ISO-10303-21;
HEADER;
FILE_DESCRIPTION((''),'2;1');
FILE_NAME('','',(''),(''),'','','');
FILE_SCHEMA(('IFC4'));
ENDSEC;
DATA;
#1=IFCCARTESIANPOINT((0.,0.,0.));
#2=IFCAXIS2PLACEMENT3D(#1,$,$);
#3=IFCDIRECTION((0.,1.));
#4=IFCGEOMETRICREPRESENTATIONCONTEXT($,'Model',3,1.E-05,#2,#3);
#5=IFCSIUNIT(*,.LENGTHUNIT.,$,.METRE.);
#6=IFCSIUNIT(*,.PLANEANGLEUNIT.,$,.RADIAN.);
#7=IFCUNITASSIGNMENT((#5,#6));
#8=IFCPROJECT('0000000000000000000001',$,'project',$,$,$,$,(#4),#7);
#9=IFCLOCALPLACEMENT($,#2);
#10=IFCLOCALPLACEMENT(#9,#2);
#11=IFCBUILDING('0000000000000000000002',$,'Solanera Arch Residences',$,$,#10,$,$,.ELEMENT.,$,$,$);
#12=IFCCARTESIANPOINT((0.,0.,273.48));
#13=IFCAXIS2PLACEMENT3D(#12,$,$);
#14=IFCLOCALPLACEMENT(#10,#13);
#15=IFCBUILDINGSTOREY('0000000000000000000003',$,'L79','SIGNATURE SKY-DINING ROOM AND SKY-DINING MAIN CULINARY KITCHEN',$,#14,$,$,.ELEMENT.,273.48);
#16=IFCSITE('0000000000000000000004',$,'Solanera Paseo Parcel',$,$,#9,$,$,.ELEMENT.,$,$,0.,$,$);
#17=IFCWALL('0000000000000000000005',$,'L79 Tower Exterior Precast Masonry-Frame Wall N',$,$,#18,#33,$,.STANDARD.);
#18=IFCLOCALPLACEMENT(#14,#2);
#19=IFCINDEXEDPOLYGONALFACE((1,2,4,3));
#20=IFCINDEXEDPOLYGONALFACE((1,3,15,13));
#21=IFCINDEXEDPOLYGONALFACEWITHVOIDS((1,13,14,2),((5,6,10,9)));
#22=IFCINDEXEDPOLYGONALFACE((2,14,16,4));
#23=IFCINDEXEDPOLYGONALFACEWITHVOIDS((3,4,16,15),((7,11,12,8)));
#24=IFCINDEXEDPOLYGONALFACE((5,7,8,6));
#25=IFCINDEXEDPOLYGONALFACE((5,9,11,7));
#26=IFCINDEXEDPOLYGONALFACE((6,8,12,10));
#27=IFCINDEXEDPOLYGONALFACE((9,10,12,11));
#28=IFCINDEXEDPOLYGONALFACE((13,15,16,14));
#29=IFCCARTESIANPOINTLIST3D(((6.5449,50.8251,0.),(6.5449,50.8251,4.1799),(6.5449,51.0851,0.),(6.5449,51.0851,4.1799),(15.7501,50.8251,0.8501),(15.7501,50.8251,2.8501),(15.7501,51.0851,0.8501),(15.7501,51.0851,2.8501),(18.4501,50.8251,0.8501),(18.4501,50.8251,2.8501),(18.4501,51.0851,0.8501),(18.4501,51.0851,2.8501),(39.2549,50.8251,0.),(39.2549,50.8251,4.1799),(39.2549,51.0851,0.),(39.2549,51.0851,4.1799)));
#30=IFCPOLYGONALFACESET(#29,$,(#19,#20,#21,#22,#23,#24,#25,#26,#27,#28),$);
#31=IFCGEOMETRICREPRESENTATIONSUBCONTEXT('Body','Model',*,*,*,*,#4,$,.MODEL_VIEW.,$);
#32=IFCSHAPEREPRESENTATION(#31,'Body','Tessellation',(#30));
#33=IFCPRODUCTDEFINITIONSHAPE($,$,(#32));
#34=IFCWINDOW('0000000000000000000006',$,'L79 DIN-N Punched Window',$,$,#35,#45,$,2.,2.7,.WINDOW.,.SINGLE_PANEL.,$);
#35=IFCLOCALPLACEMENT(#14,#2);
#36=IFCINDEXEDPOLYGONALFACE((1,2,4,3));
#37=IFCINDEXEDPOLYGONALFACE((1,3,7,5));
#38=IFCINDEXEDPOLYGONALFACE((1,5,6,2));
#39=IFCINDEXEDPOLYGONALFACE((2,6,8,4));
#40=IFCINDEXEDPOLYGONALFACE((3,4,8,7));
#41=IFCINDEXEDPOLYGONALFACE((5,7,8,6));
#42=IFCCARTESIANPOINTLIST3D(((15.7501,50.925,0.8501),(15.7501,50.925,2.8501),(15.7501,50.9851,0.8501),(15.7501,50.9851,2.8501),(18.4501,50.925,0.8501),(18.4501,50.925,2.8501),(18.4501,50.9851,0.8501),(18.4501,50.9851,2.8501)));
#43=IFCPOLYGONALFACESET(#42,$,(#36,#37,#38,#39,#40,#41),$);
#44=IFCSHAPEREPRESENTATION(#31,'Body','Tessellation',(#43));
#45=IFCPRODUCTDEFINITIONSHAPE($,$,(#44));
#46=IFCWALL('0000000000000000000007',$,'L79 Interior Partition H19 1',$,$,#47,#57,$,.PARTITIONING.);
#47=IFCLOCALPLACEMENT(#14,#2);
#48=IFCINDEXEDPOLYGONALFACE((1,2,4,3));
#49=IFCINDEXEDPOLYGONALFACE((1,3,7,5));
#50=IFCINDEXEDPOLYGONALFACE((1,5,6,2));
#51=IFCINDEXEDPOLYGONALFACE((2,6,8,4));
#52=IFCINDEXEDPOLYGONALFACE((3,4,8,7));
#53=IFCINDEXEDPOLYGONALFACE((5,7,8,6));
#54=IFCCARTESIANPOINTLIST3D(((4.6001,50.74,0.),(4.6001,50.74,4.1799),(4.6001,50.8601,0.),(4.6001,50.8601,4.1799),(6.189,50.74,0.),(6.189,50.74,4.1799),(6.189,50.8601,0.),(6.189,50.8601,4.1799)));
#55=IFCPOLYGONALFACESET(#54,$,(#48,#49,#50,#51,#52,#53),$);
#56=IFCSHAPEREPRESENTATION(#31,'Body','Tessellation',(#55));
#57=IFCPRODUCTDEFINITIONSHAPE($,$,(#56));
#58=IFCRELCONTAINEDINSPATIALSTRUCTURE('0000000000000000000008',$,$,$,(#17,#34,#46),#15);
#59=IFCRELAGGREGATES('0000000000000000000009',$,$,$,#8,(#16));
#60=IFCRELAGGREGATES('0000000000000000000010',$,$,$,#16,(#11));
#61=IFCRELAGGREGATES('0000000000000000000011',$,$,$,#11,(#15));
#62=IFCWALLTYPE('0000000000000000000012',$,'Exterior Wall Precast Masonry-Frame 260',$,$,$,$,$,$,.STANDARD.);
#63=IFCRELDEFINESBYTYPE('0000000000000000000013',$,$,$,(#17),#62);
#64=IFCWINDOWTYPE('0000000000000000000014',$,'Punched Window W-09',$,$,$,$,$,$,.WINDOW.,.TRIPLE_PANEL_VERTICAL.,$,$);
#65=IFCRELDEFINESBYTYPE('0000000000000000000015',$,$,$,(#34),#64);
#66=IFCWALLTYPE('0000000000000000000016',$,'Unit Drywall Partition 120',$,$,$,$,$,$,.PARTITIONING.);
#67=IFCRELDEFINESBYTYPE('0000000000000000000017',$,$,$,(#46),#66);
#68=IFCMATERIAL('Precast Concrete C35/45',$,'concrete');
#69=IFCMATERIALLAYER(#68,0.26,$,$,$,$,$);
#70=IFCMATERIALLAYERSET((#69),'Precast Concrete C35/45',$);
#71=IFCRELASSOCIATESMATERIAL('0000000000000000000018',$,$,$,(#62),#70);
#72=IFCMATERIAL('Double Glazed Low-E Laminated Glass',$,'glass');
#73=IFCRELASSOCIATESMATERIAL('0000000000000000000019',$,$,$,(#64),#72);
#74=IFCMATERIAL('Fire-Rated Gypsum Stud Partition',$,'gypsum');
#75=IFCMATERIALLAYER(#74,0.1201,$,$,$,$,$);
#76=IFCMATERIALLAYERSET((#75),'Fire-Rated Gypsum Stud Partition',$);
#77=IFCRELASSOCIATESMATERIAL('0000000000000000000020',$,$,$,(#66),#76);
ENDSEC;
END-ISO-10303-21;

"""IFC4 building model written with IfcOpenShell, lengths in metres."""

from ifc_helpers import new_model, si_unit, direction, frame, frame_2d, origin, place, context, subcontext, project, spatial, rectangle, extrude, material, layer, layer_set, type_object, element, fill, save


model = new_model("IFC4")

# Units and contexts
model_context = context("Model", 3, precision=1e-05, world=origin(), true_north=direction((0.0, 1.0)))
body_context = subcontext(model_context, "Body", "Model", "MODEL_VIEW")
ifc_project = project(units=[si_unit("LENGTHUNIT", "METRE"), si_unit("PLANEANGLEUNIT", "RADIAN")], contexts=[model_context])

# Site, building, storey
site_placement = place(None, origin())
site = spatial("IfcSite", under=ifc_project, at=site_placement, Name="Solanera Paseo Parcel", CompositionType="ELEMENT", RefElevation=0.0)
building_placement = place(site_placement, origin())
building = spatial("IfcBuilding", under=site, at=building_placement, Name="Solanera Arch Residences", CompositionType="ELEMENT")
storey_placement = place(building_placement, frame((0.0, 0.0, 273.48)))
storey = spatial("IfcBuildingStorey", under=building, at=storey_placement, Name="L79", Description="SIGNATURE SKY-DINING ROOM AND SKY-DINING MAIN CULINARY KITCHEN", CompositionType="ELEMENT", Elevation=273.48)

# Shared definitions
ifc_material_1 = material(Name="Precast Concrete C35/45", Category="concrete")
ifc_layer_1 = layer(ifc_material_1, 0.26)
ifc_layer_set_1 = layer_set([ifc_layer_1], Name="Precast Concrete C35/45")
wall_type_1 = type_object("IfcWallType", Name="Exterior Wall Precast Masonry-Frame 260", PredefinedType="STANDARD", material=ifc_layer_set_1)

# Wall, opening, window
wall_1_placement = place(storey_placement, frame((6.5449, 50.9551, 0.0), z_axis=(0.0, 0.0, 1.0), x_axis=(1.0, 0.0, 0.0)))
wall_1 = element("IfcWall", 1, at=wall_1_placement, inside=storey, type_object=wall_type_1, Name="L79 Tower Exterior Precast Masonry-Frame Wall N", PredefinedType="STANDARD", context=body_context, shape_type="SweptSolid", body=[
    extrude(rectangle(XDim=32.71, YDim=0.26, at=frame_2d((16.355, 0.0))), origin(), (0.0, 0.0, 1.0), 4.1799),
])
opening_1_placement = place(wall_1_placement, frame((9.2051, 0.0, 0.8501)))
opening_1 = element("IfcOpeningElement", 2, at=opening_1_placement, cuts=wall_1, PredefinedType="OPENING", context=body_context, shape_type="SweptSolid", body=[
    extrude(rectangle(XDim=2.7, YDim=2.0, at=frame_2d((1.3501, 1.0))), frame((0.0, 0.1399, 0.0), z_axis=(0.0, -1.0, 0.0), x_axis=(1.0, 0.0, 0.0)), (0.0, 0.0, 1.0), 0.28),
])
ifc_material_2 = material(Name="Double Glazed Low-E Laminated Glass", Category="glass")
window_type = type_object("IfcWindowType", Name="Punched Window W-09", PartitioningType="TRIPLE_PANEL_VERTICAL", PredefinedType="WINDOW", material=ifc_material_2)
window_placement = place(opening_1_placement, origin())
window = element("IfcWindow", 3, at=window_placement, inside=storey, type_object=window_type, Name="L79 DIN-N Punched Window", OverallHeight=2.0, OverallWidth=2.7, PartitioningType="SINGLE_PANEL", PredefinedType="WINDOW", context=body_context, shape_type="SweptSolid", body=[
    extrude(rectangle(XDim=2.7, YDim=2.0, at=frame_2d((1.3501, 1.0))), frame((0.0, 0.03, 0.0), z_axis=(0.0, -1.0, 0.0), x_axis=(1.0, 0.0, 0.0)), (0.0, 0.0, 1.0), 0.0601),
])
fill(opening_1, window)

# Wall
ifc_material_3 = material(Name="Fire-Rated Gypsum Stud Partition", Category="gypsum")
ifc_layer_2 = layer(ifc_material_3, 0.1201)
ifc_layer_set_2 = layer_set([ifc_layer_2], Name="Fire-Rated Gypsum Stud Partition")
wall_type_2 = type_object("IfcWallType", Name="Unit Drywall Partition 120", PredefinedType="PARTITIONING", material=ifc_layer_set_2)
wall_2_placement = place(storey_placement, frame((4.6001, 50.8, 0.0), z_axis=(0.0, 0.0, 1.0), x_axis=(1.0, 0.0, 0.0)))
element("IfcWall", 4, at=wall_2_placement, inside=storey, type_object=wall_type_2, Name="L79 Interior Partition H19 1", PredefinedType="PARTITIONING", context=body_context, shape_type="SweptSolid", body=[
    extrude(rectangle(XDim=1.5889, YDim=0.1201, at=frame_2d((0.7944, 0.0))), origin(), (0.0, 0.0, 1.0), 4.1799),
])

save(model, "model.ifc")
